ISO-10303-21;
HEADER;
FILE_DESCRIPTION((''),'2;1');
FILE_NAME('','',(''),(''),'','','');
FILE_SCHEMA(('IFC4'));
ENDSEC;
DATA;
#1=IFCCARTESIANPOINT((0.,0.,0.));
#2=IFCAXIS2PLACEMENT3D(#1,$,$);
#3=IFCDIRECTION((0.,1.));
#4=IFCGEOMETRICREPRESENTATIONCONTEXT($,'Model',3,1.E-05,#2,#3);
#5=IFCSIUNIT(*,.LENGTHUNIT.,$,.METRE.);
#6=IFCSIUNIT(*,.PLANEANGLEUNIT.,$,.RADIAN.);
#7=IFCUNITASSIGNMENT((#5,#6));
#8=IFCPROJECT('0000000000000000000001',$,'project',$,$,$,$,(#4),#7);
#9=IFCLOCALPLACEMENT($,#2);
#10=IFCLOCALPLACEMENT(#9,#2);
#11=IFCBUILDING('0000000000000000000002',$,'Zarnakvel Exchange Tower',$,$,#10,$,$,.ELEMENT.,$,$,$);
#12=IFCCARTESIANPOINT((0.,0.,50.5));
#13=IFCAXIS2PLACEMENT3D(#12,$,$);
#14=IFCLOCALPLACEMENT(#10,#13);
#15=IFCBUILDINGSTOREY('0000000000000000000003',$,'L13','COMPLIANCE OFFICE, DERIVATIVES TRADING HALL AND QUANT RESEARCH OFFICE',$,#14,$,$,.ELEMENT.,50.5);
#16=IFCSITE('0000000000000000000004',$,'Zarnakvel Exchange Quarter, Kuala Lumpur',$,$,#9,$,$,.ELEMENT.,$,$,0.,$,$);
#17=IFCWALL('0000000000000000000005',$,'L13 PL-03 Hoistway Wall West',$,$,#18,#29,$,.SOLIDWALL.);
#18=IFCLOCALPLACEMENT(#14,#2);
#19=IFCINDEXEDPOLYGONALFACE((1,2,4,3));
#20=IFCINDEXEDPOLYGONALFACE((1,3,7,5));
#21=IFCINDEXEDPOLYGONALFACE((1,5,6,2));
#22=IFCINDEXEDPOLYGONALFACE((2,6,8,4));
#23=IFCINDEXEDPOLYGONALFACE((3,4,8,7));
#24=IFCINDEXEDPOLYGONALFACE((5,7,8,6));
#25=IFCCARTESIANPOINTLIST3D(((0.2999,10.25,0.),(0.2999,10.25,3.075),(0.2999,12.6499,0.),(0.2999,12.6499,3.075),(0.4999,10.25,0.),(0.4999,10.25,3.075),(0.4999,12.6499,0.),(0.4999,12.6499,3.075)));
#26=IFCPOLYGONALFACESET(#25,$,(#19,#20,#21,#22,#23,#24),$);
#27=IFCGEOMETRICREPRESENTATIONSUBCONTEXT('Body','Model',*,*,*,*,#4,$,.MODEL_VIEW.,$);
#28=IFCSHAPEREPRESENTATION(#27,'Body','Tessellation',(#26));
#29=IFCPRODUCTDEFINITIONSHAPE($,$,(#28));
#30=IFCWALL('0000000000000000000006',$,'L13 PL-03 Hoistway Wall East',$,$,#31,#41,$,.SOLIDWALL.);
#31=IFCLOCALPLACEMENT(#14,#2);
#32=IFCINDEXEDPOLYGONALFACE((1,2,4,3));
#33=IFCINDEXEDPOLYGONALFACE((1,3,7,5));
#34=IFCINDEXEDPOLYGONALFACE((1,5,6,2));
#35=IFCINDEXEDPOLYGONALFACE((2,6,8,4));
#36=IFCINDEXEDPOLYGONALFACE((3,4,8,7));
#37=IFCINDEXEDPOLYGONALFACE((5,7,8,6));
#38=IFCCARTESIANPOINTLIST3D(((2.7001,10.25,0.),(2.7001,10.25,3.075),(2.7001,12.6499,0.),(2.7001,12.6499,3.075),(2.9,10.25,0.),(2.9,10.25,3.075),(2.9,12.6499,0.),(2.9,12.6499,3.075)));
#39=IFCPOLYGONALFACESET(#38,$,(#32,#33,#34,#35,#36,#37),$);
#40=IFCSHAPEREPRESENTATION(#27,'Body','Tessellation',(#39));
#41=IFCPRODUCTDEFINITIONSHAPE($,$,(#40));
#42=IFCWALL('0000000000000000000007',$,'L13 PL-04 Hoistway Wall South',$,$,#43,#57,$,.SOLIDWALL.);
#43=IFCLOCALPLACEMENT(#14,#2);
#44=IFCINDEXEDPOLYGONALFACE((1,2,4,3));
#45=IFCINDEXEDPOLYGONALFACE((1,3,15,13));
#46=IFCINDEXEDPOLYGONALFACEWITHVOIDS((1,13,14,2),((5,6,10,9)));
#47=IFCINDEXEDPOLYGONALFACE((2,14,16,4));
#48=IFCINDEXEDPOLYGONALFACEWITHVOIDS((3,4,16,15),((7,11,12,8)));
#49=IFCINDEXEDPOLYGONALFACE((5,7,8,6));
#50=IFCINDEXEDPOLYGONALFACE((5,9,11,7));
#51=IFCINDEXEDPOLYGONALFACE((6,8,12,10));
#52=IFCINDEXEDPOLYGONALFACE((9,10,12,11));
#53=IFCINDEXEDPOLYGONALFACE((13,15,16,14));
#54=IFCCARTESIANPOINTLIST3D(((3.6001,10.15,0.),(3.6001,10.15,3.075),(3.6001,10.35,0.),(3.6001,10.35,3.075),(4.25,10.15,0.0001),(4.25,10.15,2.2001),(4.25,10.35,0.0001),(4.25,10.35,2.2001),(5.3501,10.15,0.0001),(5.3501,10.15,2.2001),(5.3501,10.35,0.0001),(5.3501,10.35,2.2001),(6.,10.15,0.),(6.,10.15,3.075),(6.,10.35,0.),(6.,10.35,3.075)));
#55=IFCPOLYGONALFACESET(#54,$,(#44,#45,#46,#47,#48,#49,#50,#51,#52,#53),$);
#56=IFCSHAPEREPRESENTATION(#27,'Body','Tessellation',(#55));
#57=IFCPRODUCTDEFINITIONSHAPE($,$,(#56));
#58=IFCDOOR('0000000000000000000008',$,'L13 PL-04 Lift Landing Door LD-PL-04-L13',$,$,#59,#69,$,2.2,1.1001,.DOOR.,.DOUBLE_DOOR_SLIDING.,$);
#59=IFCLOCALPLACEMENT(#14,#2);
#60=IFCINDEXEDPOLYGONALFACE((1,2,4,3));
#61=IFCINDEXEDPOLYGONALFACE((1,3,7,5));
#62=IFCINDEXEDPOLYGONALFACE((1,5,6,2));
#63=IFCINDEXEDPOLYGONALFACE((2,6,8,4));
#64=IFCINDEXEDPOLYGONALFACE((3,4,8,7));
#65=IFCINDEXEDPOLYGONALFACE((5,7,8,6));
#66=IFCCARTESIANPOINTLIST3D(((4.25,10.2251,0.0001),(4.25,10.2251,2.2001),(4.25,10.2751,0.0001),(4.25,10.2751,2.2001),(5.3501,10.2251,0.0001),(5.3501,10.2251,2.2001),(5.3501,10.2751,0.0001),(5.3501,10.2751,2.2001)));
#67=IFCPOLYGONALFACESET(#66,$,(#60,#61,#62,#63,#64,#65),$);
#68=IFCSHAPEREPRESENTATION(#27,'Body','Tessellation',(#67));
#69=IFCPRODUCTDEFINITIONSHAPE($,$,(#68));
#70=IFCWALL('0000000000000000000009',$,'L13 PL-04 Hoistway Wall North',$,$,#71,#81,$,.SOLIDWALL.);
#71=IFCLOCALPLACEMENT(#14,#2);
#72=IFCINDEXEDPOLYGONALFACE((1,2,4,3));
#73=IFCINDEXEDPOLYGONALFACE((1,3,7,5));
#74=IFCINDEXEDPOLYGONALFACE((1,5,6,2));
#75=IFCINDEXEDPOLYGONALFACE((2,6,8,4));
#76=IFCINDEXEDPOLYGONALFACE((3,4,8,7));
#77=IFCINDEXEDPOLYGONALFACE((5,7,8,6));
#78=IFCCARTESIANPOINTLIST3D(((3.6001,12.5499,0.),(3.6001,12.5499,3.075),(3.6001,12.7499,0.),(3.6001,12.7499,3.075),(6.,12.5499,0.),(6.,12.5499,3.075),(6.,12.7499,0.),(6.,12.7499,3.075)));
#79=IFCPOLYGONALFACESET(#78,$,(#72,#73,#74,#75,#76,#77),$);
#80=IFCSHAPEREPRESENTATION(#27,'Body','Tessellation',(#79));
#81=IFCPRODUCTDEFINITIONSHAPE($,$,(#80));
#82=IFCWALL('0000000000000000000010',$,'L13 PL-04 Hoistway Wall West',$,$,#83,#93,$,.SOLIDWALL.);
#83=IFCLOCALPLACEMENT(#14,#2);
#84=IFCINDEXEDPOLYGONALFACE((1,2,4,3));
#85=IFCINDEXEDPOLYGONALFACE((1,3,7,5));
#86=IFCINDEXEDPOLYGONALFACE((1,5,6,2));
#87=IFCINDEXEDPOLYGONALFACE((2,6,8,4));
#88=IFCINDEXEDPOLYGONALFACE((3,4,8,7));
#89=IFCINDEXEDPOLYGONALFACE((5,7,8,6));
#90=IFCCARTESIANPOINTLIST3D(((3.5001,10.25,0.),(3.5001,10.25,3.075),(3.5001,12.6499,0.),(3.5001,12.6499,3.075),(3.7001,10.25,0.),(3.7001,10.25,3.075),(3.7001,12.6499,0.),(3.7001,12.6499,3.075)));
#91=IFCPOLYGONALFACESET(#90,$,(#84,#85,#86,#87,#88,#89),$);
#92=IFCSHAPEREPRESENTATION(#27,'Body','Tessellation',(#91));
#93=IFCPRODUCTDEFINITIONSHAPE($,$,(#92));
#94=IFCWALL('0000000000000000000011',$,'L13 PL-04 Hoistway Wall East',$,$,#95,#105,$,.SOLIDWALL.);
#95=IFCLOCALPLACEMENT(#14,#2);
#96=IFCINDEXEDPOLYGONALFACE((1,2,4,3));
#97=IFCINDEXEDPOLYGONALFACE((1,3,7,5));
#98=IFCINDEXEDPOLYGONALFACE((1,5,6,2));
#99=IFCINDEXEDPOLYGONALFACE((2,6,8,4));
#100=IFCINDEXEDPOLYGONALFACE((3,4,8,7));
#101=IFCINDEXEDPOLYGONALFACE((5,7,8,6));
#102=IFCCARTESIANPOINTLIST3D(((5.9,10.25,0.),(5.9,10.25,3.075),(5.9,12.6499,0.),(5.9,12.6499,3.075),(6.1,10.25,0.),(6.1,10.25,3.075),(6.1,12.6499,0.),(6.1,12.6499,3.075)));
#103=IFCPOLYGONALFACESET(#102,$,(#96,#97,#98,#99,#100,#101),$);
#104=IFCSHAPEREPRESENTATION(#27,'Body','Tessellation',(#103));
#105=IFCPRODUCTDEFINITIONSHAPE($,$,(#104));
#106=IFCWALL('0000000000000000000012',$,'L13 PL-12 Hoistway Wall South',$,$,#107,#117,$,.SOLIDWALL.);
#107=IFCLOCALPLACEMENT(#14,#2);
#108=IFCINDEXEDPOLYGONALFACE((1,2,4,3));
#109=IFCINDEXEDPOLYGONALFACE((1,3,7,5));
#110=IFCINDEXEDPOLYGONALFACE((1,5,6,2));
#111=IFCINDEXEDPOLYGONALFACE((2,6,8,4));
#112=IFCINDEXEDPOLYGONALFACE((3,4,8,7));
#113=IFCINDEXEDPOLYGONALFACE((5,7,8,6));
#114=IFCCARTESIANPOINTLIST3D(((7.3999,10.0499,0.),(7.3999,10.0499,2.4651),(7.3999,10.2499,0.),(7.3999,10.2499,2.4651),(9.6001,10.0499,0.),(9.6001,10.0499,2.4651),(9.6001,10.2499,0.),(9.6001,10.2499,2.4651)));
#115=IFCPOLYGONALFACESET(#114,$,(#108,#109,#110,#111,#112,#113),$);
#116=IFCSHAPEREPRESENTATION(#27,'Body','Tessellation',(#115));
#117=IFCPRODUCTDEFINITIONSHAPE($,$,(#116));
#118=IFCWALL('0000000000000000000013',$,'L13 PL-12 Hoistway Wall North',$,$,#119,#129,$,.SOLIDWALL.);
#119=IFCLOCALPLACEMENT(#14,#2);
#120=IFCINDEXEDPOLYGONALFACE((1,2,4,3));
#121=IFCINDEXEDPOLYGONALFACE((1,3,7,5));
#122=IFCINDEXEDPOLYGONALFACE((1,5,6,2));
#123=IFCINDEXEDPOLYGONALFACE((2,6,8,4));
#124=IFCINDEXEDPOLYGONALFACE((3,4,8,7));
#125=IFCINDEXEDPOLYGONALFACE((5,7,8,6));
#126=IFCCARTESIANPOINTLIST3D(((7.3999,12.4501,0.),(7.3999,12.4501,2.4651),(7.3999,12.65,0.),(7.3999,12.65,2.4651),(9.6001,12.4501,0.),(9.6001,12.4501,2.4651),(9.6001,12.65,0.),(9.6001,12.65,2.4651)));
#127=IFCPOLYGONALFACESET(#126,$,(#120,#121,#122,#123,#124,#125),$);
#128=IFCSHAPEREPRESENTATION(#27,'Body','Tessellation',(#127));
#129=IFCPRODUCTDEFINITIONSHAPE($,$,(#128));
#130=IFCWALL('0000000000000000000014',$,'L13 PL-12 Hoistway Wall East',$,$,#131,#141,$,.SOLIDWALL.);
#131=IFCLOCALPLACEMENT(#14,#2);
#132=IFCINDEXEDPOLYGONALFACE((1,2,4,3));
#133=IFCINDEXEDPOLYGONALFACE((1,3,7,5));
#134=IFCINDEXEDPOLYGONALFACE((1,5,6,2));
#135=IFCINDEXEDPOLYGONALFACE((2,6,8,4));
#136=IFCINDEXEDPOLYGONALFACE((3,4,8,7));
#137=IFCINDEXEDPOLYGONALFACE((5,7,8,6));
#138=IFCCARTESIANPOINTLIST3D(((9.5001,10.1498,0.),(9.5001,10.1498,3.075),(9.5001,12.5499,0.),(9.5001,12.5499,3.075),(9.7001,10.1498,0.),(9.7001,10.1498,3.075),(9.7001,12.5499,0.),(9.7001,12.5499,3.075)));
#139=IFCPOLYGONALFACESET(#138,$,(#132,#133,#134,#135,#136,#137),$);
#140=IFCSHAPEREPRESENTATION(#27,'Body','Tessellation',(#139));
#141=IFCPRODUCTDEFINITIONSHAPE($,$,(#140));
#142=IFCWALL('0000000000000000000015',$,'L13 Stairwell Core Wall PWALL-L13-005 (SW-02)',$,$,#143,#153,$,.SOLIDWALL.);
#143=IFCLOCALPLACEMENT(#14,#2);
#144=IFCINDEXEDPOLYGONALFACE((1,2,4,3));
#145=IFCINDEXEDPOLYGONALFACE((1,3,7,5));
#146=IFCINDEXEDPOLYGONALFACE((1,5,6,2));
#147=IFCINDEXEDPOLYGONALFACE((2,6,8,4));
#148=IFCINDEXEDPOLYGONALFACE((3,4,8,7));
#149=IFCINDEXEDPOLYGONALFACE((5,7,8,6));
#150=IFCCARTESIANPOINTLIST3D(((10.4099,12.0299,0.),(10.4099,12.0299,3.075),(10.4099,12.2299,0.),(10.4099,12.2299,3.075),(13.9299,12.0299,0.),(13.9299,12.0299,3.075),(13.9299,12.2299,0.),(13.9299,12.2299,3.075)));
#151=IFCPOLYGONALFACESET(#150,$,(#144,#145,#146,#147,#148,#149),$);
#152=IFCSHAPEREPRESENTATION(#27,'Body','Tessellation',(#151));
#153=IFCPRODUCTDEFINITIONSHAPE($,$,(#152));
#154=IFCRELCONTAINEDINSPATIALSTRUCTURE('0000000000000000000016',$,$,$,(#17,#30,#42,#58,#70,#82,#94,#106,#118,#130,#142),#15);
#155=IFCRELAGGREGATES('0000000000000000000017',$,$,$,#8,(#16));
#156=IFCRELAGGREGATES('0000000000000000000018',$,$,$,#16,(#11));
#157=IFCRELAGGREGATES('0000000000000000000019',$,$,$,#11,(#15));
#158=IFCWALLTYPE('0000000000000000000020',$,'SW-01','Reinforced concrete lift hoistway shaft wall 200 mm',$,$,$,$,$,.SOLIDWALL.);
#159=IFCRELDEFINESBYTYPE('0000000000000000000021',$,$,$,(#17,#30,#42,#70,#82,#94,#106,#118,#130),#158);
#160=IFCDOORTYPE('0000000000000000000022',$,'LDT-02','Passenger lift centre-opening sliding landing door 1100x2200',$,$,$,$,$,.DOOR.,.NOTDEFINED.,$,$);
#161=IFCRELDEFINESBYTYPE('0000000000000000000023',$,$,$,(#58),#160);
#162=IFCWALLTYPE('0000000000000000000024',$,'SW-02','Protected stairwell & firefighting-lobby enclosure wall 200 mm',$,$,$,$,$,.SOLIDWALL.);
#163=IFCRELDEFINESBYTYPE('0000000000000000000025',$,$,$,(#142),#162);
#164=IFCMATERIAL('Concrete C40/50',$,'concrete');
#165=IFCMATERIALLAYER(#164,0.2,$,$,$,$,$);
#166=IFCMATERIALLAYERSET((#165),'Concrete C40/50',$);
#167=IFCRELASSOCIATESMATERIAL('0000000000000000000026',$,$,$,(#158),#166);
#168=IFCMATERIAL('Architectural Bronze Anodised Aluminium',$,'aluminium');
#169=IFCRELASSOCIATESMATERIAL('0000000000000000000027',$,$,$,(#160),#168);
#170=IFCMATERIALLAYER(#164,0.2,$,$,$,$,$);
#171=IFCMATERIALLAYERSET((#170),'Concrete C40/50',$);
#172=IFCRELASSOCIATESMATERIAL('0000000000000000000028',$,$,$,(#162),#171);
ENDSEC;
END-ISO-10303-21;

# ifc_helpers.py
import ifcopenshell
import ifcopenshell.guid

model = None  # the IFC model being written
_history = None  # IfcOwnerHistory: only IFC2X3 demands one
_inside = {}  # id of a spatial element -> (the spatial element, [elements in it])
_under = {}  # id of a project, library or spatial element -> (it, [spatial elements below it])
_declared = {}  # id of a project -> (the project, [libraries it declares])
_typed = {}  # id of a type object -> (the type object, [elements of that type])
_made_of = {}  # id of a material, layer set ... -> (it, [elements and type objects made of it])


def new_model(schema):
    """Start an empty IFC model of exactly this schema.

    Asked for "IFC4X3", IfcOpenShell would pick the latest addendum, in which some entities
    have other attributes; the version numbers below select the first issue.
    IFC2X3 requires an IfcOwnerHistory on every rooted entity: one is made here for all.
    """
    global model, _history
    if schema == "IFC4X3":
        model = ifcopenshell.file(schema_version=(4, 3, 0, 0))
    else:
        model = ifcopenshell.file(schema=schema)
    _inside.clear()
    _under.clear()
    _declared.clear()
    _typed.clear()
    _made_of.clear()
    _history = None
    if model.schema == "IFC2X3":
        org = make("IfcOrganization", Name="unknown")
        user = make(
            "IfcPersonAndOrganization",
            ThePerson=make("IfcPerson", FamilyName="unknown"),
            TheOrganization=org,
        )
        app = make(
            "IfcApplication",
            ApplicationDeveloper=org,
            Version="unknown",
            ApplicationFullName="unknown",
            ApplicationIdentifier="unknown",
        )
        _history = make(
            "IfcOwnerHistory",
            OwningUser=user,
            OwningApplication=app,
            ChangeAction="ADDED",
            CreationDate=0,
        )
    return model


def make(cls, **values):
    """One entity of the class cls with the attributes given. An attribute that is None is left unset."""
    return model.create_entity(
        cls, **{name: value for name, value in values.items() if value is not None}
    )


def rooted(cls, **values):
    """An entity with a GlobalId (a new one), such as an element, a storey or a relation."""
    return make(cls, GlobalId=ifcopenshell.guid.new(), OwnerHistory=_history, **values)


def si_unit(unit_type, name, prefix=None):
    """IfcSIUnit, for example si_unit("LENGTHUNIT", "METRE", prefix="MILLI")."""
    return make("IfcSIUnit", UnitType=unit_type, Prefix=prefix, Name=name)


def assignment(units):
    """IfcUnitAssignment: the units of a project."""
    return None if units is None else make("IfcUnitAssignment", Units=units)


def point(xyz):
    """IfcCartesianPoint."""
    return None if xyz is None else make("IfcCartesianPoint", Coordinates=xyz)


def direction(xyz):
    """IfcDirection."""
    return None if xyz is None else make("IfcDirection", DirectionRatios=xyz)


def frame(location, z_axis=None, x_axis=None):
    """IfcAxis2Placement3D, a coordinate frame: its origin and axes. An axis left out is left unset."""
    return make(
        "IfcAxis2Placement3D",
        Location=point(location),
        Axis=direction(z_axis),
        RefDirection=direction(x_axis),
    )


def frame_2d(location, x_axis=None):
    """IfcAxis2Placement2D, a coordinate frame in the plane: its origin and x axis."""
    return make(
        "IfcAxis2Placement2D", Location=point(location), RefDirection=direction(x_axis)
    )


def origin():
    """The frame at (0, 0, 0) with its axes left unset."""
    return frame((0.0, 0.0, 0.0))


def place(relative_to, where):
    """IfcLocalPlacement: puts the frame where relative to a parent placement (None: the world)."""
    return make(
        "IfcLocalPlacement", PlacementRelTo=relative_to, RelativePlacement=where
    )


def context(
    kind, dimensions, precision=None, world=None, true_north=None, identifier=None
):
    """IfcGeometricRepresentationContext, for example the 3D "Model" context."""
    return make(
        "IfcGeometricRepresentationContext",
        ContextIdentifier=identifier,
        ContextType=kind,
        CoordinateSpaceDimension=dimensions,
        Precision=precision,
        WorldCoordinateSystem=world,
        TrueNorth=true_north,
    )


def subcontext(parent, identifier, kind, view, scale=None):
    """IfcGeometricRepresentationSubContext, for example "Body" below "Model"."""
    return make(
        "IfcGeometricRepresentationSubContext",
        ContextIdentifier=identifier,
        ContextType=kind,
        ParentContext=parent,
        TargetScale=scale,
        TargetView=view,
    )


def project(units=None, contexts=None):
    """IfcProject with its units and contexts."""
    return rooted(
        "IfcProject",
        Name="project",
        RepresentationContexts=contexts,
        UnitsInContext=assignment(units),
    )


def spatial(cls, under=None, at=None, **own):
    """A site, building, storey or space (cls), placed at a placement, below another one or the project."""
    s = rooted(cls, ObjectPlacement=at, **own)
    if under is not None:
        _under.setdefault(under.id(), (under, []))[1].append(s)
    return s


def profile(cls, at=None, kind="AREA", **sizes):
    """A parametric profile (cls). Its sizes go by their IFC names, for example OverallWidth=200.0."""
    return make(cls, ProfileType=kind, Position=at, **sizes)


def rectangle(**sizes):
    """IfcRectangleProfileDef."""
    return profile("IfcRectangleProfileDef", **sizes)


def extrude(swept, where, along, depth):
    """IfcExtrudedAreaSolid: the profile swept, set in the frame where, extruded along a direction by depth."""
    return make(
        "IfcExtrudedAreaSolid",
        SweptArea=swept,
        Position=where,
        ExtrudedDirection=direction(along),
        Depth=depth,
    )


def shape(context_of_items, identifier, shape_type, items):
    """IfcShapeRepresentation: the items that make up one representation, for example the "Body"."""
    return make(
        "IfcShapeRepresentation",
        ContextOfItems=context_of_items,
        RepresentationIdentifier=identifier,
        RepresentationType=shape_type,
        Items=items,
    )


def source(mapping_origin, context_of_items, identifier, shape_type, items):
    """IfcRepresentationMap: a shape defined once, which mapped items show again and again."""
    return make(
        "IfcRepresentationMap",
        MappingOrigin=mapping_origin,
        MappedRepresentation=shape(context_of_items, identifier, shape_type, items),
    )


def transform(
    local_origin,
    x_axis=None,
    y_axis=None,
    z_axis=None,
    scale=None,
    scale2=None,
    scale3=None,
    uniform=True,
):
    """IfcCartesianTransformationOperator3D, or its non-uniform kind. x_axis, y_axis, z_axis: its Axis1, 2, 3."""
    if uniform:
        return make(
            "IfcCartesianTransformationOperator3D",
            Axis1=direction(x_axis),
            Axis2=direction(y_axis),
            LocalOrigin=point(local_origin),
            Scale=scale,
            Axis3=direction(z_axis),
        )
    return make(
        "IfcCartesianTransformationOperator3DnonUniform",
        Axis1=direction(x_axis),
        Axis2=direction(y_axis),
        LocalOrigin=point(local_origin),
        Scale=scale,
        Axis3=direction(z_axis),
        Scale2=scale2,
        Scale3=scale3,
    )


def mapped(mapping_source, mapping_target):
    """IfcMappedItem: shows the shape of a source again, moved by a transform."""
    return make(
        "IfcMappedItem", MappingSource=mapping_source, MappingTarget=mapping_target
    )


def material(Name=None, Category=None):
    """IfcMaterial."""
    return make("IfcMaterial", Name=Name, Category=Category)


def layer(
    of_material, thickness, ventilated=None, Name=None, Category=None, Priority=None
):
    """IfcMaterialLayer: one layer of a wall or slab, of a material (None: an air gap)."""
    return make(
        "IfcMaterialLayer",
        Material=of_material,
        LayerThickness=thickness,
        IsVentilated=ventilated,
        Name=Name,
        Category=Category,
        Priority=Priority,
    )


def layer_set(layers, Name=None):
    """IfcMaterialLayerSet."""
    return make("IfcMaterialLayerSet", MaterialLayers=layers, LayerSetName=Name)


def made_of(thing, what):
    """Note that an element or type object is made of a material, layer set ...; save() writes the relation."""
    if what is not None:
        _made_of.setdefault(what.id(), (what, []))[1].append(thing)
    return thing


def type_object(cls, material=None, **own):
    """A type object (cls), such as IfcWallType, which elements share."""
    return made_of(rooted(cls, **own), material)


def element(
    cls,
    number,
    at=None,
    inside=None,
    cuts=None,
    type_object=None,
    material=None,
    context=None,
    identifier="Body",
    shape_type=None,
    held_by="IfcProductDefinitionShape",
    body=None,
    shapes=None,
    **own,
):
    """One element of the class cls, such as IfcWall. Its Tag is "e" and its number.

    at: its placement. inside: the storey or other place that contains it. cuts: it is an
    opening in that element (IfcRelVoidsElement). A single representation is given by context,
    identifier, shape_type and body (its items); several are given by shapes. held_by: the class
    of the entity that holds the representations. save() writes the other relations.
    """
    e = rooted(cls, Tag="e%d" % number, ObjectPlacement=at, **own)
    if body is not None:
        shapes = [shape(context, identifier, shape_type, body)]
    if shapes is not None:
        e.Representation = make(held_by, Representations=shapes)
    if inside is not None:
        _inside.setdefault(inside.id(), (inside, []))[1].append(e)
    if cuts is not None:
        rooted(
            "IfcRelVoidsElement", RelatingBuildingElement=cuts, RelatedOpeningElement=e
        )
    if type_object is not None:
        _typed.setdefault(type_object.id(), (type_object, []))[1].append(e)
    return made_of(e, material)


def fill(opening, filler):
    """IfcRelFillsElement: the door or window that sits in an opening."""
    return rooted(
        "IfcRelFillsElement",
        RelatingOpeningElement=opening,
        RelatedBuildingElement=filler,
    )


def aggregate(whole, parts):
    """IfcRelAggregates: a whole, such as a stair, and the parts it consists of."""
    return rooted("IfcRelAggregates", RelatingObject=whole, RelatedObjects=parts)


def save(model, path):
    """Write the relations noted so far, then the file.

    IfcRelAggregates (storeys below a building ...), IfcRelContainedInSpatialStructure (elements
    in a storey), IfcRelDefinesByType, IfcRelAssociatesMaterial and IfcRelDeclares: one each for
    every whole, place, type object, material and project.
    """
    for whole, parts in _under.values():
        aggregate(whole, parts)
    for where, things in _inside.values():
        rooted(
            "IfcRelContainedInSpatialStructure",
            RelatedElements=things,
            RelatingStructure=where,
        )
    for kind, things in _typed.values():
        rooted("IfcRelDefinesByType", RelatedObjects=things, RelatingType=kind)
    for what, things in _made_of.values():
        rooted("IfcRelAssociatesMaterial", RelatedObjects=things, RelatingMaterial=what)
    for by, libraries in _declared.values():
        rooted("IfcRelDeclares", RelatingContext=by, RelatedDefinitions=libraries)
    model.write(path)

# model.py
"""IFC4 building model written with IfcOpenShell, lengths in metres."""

from ifc_helpers import new_model, si_unit, direction, frame, frame_2d, origin, place, context, subcontext, project, spatial, rectangle, extrude, source, transform, mapped, material, layer, layer_set, type_object, element, fill, save


model = new_model("IFC4")

# Units and contexts
model_context = context("Model", 3, precision=1e-05, world=origin(), true_north=direction((0.0, 1.0)))
body_context = subcontext(model_context, "Body", "Model", "MODEL_VIEW")
ifc_project = project(units=[si_unit("LENGTHUNIT", "METRE"), si_unit("PLANEANGLEUNIT", "RADIAN")], contexts=[model_context])

# Site, building, storey
site_placement = place(None, origin())
site = spatial("IfcSite", under=ifc_project, at=site_placement, Name="Zarnakvel Exchange Quarter, Kuala Lumpur", CompositionType="ELEMENT", RefElevation=0.0)
building_placement = place(site_placement, origin())
building = spatial("IfcBuilding", under=site, at=building_placement, Name="Zarnakvel Exchange Tower", CompositionType="ELEMENT")
storey_placement = place(building_placement, frame((0.0, 0.0, 50.5)))
storey = spatial("IfcBuildingStorey", under=building, at=storey_placement, Name="L13", Description="COMPLIANCE OFFICE, DERIVATIVES TRADING HALL AND QUANT RESEARCH OFFICE", CompositionType="ELEMENT", Elevation=50.5)

# Shared definitions
ifc_material_1 = material(Name="Architectural Bronze Anodised Aluminium", Category="aluminium")

# Shared definitions
ifc_material_2 = material(Name="Concrete C40/50", Category="concrete")
ifc_layer_1 = layer(ifc_material_2, 0.2)
ifc_layer_set_1 = layer_set([ifc_layer_1], Name="Concrete C40/50")
wall_type_1 = type_object("IfcWallType", Name="SW-01", Description="Reinforced concrete lift hoistway shaft wall 200 mm", PredefinedType="SOLIDWALL", material=ifc_layer_set_1)
door_type = type_object("IfcDoorType", Name="LDT-02", Description="Passenger lift centre-opening sliding landing door 1100x2200", OperationType="NOTDEFINED", PredefinedType="DOOR", material=ifc_material_1)
shared_shape_1 = source(origin(), body_context, "Body", "SweptSolid", [
    extrude(rectangle(XDim=1.1001, YDim=2.2, at=frame_2d((0.55, 1.1001))), frame((0.0, 0.0249, 0.0), z_axis=(0.0, -1.0, 0.0), x_axis=(1.0, 0.0, 0.0)), (0.0, 0.0, 1.0), 0.05),
])

# Walls
for number, where, z_axis, x_axis, name in (
    (1, (0.3999, 10.25, 0.0), (0.0, 0.0, 1.0), (0.0, 1.0, 0.0), "L13 PL-03 Hoistway Wall West"),
    (2, (2.8, 12.6499, 0.0), (0.0, 0.0, 1.0), (0.0, -1.0, 0.0), "L13 PL-03 Hoistway Wall East"),
):
    element("IfcWall", number, at=place(storey_placement, frame(where, z_axis=z_axis, x_axis=x_axis)), inside=storey, type_object=wall_type_1, Name=name, PredefinedType="SOLIDWALL", context=body_context, shape_type="SweptSolid", body=[
        extrude(rectangle(XDim=2.3999, YDim=0.2, at=frame_2d((1.2, 0.0))), origin(), (0.0, 0.0, 1.0), 3.075),
    ])

# Wall, opening, door
wall_1_placement = place(storey_placement, frame((6.0, 10.25, 0.0), z_axis=(0.0, 0.0, 1.0), x_axis=(-1.0, 0.0, 0.0)))
wall_1 = element("IfcWall", 3, at=wall_1_placement, inside=storey, type_object=wall_type_1, Name="L13 PL-04 Hoistway Wall South", PredefinedType="SOLIDWALL", context=body_context, shape_type="SweptSolid", body=[
    extrude(rectangle(XDim=2.3999, YDim=0.2, at=frame_2d((1.2, 0.0))), origin(), (0.0, 0.0, 1.0), 3.075),
])
opening_1_placement = place(wall_1_placement, frame((0.6499, 0.0, 0.0)))
opening_1 = element("IfcOpeningElement", 4, at=opening_1_placement, cuts=wall_1, PredefinedType="OPENING", context=body_context, shape_type="SweptSolid", body=[
    extrude(rectangle(XDim=1.1001, YDim=2.2, at=frame_2d((0.55, 1.1001))), frame((0.0, 0.1099, 0.0), z_axis=(0.0, -1.0, 0.0), x_axis=(1.0, 0.0, 0.0)), (0.0, 0.0, 1.0), 0.22),
])
door_1_placement = place(opening_1_placement, origin())
door_1 = element("IfcDoor", 5, at=door_1_placement, inside=storey, type_object=door_type, Name="L13 PL-04 Lift Landing Door LD-PL-04-L13", OperationType="DOUBLE_DOOR_SLIDING", OverallHeight=2.2, OverallWidth=1.1001, PredefinedType="DOOR", context=body_context, shape_type="MappedRepresentation", body=[
    mapped(shared_shape_1, transform((0.0, 0.0, 0.0), x_axis=(1.0, 0.0, 0.0), y_axis=(0.0, 1.0, 0.0), z_axis=(0.0, 0.0, 1.0), scale=1.0)),
])
fill(opening_1, door_1)

# Walls
for number, where, z_axis, x_axis, name in (
    (6, (3.6001, 12.6499, 0.0), (0.0, 0.0, 1.0), (1.0, 0.0, 0.0), "L13 PL-04 Hoistway Wall North"),
    (7, (3.6001, 10.25, 0.0), (0.0, 0.0, 1.0), (0.0, 1.0, 0.0), "L13 PL-04 Hoistway Wall West"),
    (8, (6.0, 12.6499, 0.0), (0.0, 0.0, 1.0), (0.0, -1.0, 0.0), "L13 PL-04 Hoistway Wall East"),
):
    element("IfcWall", number, at=place(storey_placement, frame(where, z_axis=z_axis, x_axis=x_axis)), inside=storey, type_object=wall_type_1, Name=name, PredefinedType="SOLIDWALL", context=body_context, shape_type="SweptSolid", body=[
        extrude(rectangle(XDim=2.3999, YDim=0.2, at=frame_2d((1.2, 0.0))), origin(), (0.0, 0.0, 1.0), 3.075),
    ])
for number, where, z_axis, x_axis, name in (
    (9, (9.6001, 10.1499, 0.0), (0.0, 0.0, 1.0), (-1.0, 0.0, 0.0), "L13 PL-12 Hoistway Wall South"),
    (10, (7.3999, 12.55, 0.0), (0.0, 0.0, 1.0), (1.0, 0.0, 0.0), "L13 PL-12 Hoistway Wall North"),
):
    element("IfcWall", number, at=place(storey_placement, frame(where, z_axis=z_axis, x_axis=x_axis)), inside=storey, type_object=wall_type_1, Name=name, PredefinedType="SOLIDWALL", context=body_context, shape_type="SweptSolid", body=[
        extrude(rectangle(XDim=2.2002, YDim=0.2, at=frame_2d((1.1001, 0.0))), origin(), (0.0, 0.0, 1.0), 2.4651),
    ])
wall_2_placement = place(storey_placement, frame((9.6001, 12.55, 0.0), z_axis=(0.0, 0.0, 1.0), x_axis=(0.0, -1.0, 0.0)))
element("IfcWall", 11, at=wall_2_placement, inside=storey, type_object=wall_type_1, Name="L13 PL-12 Hoistway Wall East", PredefinedType="SOLIDWALL", context=body_context, shape_type="SweptSolid", body=[
    extrude(rectangle(XDim=2.4001, YDim=0.2, at=frame_2d((1.2002, 0.0))), origin(), (0.0, 0.0, 1.0), 3.075),
])
ifc_layer_2 = layer(ifc_material_2, 0.2)
ifc_layer_set_2 = layer_set([ifc_layer_2], Name="Concrete C40/50")
wall_type_2 = type_object("IfcWallType", Name="SW-02", Description="Protected stairwell & firefighting-lobby enclosure wall 200 mm", PredefinedType="SOLIDWALL", material=ifc_layer_set_2)
wall_3_placement = place(storey_placement, frame((10.4099, 12.1299, 0.0), z_axis=(0.0, 0.0, 1.0), x_axis=(1.0, 0.0, 0.0)))
element("IfcWall", 12, at=wall_3_placement, inside=storey, type_object=wall_type_2, Name="L13 Stairwell Core Wall PWALL-L13-005 (SW-02)", PredefinedType="SOLIDWALL", context=body_context, shape_type="SweptSolid", body=[
    extrude(rectangle(XDim=3.52, YDim=0.2, at=frame_2d((1.76, 0.0))), origin(), (0.0, 0.0, 1.0), 3.075),
])

save(model, "model.ifc")
